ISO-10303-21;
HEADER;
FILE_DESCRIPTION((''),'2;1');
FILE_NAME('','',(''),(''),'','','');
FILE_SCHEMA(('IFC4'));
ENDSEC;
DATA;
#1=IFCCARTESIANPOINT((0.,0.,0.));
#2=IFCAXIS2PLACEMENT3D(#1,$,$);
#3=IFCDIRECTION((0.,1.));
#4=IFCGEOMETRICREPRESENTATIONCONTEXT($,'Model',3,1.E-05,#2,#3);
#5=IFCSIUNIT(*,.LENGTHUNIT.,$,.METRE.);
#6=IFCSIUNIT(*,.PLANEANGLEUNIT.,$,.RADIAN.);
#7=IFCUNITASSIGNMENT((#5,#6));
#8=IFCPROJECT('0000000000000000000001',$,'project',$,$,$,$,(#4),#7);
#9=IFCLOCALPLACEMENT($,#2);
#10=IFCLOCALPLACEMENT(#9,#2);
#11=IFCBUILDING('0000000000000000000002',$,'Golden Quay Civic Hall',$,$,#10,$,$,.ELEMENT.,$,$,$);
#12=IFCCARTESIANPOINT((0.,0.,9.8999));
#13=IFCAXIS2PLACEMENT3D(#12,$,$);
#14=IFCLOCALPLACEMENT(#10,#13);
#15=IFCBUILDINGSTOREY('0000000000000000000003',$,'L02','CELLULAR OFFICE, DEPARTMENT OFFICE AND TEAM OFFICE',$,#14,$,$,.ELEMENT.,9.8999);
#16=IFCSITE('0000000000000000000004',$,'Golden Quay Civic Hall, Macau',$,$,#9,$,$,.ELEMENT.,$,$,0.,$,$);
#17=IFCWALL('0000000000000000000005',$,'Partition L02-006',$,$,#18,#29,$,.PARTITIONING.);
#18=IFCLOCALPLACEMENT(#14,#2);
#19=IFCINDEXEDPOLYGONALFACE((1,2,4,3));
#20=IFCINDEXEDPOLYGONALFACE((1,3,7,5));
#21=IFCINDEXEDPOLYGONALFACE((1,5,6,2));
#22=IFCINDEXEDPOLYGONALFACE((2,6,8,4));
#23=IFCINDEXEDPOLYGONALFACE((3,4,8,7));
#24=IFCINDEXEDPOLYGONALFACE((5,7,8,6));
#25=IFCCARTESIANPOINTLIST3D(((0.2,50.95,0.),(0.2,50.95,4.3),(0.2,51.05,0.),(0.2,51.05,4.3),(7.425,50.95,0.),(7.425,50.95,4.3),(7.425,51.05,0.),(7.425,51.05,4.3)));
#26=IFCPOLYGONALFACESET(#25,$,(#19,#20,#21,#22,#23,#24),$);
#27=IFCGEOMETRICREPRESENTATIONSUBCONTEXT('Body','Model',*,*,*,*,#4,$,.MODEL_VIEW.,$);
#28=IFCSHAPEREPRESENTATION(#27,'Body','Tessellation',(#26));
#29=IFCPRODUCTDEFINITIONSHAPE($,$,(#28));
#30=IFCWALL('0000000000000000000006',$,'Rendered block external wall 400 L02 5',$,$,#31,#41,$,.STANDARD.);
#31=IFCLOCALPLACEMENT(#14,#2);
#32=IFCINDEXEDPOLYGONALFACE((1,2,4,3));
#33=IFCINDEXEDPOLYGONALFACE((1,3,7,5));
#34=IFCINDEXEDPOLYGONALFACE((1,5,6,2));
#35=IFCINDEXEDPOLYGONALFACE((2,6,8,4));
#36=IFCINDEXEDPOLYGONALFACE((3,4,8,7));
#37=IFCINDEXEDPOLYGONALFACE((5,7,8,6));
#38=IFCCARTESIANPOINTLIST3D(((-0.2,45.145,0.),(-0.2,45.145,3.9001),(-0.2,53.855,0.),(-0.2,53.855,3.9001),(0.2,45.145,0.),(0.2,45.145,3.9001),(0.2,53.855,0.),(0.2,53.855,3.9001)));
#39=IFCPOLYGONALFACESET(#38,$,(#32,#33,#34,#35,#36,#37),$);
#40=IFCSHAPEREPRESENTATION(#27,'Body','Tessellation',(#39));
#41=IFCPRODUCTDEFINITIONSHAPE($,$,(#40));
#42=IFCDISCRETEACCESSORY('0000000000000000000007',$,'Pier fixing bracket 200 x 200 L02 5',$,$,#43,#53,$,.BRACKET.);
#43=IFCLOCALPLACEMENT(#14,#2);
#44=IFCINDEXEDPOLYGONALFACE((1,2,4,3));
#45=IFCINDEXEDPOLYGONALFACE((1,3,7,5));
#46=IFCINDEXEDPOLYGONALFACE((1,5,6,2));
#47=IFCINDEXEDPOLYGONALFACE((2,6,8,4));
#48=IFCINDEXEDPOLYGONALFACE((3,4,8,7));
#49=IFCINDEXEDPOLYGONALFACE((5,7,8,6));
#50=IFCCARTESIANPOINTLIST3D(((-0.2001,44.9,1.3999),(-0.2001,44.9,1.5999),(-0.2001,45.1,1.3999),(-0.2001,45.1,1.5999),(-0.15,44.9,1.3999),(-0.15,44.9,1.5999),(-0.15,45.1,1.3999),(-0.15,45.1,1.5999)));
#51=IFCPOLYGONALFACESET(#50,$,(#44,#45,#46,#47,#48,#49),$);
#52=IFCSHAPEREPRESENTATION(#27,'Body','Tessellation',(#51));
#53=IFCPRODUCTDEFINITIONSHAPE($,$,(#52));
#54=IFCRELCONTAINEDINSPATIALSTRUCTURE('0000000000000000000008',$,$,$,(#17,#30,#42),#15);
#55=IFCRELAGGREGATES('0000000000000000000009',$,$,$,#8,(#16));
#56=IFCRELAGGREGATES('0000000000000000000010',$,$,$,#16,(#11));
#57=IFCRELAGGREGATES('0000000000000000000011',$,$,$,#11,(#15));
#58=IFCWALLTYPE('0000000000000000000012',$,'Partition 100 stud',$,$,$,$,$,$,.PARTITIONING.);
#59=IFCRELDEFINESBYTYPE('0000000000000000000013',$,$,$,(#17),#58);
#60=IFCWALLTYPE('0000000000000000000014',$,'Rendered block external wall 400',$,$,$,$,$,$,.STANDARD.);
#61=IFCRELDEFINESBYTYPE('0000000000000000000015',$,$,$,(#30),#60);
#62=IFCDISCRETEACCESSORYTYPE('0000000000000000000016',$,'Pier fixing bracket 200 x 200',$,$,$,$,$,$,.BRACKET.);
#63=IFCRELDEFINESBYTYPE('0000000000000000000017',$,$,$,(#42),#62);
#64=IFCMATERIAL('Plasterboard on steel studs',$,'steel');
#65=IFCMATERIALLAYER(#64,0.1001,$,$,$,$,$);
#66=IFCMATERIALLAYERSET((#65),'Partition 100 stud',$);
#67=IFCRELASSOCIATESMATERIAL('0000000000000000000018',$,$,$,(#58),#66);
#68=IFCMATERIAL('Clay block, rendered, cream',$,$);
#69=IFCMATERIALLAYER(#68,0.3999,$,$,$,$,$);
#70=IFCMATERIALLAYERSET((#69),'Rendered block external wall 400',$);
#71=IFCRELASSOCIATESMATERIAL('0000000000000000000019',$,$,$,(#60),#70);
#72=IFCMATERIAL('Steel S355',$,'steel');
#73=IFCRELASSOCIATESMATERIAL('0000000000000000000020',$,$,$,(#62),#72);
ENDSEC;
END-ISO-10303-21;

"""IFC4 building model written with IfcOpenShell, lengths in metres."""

from ifc_helpers import new_model, si_unit, direction, frame, frame_2d, origin, origin_2d, place, context, subcontext, project, spatial, rectangle, extrude, material, layer, layer_set, type_object, element, save


model = new_model("IFC4")

# Units and contexts
model_context = context("Model", 3, precision=1e-05, world=origin(), true_north=direction((0.0, 1.0)))
body_context = subcontext(model_context, "Body", "Model", "MODEL_VIEW")
ifc_project = project(units=[si_unit("LENGTHUNIT", "METRE"), si_unit("PLANEANGLEUNIT", "RADIAN")], contexts=[model_context])

# Site, building, storey
site_placement = place(None, origin())
site = spatial("IfcSite", under=ifc_project, at=site_placement, Name="Golden Quay Civic Hall, Macau", CompositionType="ELEMENT", RefElevation=0.0)
building_placement = place(site_placement, origin())
building = spatial("IfcBuilding", under=site, at=building_placement, Name="Golden Quay Civic Hall", CompositionType="ELEMENT")
storey_placement = place(building_placement, frame((0.0, 0.0, 9.8999)))
storey = spatial("IfcBuildingStorey", under=building, at=storey_placement, Name="L02", Description="CELLULAR OFFICE, DEPARTMENT OFFICE AND TEAM OFFICE", CompositionType="ELEMENT", Elevation=9.8999)

# Walls
ifc_material_1 = material(Name="Plasterboard on steel studs", Category="steel")
ifc_layer_1 = layer(ifc_material_1, 0.1001)
ifc_layer_set_1 = layer_set([ifc_layer_1], Name="Partition 100 stud")
wall_type_1 = type_object("IfcWallType", Name="Partition 100 stud", PredefinedType="PARTITIONING", material=ifc_layer_set_1)
wall_1_placement = place(storey_placement, frame((0.2, 51.0, 0.0), z_axis=(0.0, 0.0, 1.0), x_axis=(1.0, 0.0, 0.0)))
element("IfcWall", 1, at=wall_1_placement, inside=storey, type_object=wall_type_1, Name="Partition L02-006", PredefinedType="PARTITIONING", context=body_context, shape_type="SweptSolid", body=[
    extrude(rectangle(XDim=7.2251, YDim=0.1001, at=frame_2d((3.6125, 0.0))), origin(), (0.0, 0.0, 1.0), 4.3),
])
ifc_material_2 = material(Name="Clay block, rendered, cream")
ifc_layer_2 = layer(ifc_material_2, 0.3999)
ifc_layer_set_2 = layer_set([ifc_layer_2], Name="Rendered block external wall 400")
wall_type_2 = type_object("IfcWallType", Name="Rendered block external wall 400", PredefinedType="STANDARD", material=ifc_layer_set_2)
wall_2_placement = place(storey_placement, frame((0.0, 45.145, 0.0), z_axis=(0.0, 0.0, 1.0), x_axis=(0.0, 1.0, 0.0)))
element("IfcWall", 2, at=wall_2_placement, inside=storey, type_object=wall_type_2, Name="Rendered block external wall 400 L02 5", PredefinedType="STANDARD", context=body_context, shape_type="SweptSolid", body=[
    extrude(rectangle(XDim=8.71, YDim=0.3999, at=frame_2d((4.355, 0.0))), origin(), (0.0, 0.0, 1.0), 3.9001),
])

# Discrete accessory
ifc_material_3 = material(Name="Steel S355", Category="steel")
discrete_accessory_type = type_object("IfcDiscreteAccessoryType", Name="Pier fixing bracket 200 x 200", PredefinedType="BRACKET", material=ifc_material_3)
discrete_accessory_placement = place(storey_placement, frame((-0.175, 45.0, 1.3999), z_axis=(0.0, 0.0, 1.0), x_axis=(0.0, -1.0, 0.0)))
element("IfcDiscreteAccessory", 3, at=discrete_accessory_placement, inside=storey, type_object=discrete_accessory_type, Name="Pier fixing bracket 200 x 200 L02 5", PredefinedType="BRACKET", context=body_context, shape_type="SweptSolid", body=[
    extrude(rectangle(XDim=0.2, YDim=0.05, at=origin_2d()), origin(), (0.0, 0.0, 1.0), 0.2),
])

save(model, "model.ifc")
